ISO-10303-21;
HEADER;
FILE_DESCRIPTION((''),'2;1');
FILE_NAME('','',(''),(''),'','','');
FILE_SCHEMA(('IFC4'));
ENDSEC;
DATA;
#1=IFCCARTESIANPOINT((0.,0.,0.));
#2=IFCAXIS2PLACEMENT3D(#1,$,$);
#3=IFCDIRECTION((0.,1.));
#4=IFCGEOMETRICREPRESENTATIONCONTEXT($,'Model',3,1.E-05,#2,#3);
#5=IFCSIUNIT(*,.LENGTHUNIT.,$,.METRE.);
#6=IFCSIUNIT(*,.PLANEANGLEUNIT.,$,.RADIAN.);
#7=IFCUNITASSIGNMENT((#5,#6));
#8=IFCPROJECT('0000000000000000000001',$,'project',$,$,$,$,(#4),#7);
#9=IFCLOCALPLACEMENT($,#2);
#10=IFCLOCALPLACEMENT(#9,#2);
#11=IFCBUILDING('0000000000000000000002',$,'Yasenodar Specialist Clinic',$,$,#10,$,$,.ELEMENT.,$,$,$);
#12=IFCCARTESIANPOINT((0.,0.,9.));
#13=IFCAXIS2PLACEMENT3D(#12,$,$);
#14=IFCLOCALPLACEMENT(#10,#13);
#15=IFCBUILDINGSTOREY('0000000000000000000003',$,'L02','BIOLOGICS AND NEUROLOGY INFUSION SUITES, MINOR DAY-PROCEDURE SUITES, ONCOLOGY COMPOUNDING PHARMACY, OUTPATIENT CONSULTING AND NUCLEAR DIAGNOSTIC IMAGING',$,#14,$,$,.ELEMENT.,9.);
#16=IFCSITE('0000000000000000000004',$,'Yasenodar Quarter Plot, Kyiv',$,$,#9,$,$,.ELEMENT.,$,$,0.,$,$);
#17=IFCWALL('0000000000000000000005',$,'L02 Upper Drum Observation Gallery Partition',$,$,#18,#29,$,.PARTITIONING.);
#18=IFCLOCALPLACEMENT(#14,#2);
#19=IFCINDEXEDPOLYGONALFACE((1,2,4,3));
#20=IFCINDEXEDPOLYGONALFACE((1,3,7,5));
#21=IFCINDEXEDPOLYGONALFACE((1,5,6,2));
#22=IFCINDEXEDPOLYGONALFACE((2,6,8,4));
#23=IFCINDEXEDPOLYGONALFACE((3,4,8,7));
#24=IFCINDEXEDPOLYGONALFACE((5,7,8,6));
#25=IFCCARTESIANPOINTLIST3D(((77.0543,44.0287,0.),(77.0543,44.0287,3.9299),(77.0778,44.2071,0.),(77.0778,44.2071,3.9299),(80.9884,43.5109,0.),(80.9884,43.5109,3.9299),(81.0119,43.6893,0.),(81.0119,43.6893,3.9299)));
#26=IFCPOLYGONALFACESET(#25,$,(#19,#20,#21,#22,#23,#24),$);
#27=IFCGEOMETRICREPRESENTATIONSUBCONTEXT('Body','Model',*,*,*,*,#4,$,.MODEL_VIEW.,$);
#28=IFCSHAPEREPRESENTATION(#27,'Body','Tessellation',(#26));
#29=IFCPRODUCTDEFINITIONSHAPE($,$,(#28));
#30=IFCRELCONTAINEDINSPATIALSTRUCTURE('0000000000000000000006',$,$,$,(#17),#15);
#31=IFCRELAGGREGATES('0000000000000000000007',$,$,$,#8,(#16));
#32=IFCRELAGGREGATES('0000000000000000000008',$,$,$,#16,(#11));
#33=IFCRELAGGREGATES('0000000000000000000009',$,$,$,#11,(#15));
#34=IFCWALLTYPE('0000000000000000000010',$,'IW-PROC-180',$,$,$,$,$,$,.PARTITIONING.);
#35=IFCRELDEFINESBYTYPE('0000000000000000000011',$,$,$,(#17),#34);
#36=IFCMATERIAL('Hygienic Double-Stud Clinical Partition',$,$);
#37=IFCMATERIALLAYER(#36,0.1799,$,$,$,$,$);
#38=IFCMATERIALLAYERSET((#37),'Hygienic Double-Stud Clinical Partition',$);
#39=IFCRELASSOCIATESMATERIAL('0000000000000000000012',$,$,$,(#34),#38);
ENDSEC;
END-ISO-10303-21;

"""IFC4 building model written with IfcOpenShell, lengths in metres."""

from ifc_helpers import new_model, si_unit, direction, frame, frame_2d, origin, place, context, subcontext, project, spatial, rectangle, extrude, material, layer, layer_set, type_object, element, save


model = new_model("IFC4")

# Units and contexts
model_context = context("Model", 3, precision=1e-05, world=origin(), true_north=direction((0.0, 1.0)))
body_context = subcontext(model_context, "Body", "Model", "MODEL_VIEW")
ifc_project = project(units=[si_unit("LENGTHUNIT", "METRE"), si_unit("PLANEANGLEUNIT", "RADIAN")], contexts=[model_context])

# Site, building, storey
site_placement = place(None, origin())
site = spatial("IfcSite", under=ifc_project, at=site_placement, Name="Yasenodar Quarter Plot, Kyiv", CompositionType="ELEMENT", RefElevation=0.0)
building_placement = place(site_placement, origin())
building = spatial("IfcBuilding", under=site, at=building_placement, Name="Yasenodar Specialist Clinic", CompositionType="ELEMENT")
storey_placement = place(building_placement, frame((0.0, 0.0, 9.0)))
storey = spatial("IfcBuildingStorey", under=building, at=storey_placement, Name="L02", Description="BIOLOGICS AND NEUROLOGY INFUSION SUITES, MINOR DAY-PROCEDURE SUITES, ONCOLOGY COMPOUNDING PHARMACY, OUTPATIENT CONSULTING AND NUCLEAR DIAGNOSTIC IMAGING", CompositionType="ELEMENT", Elevation=9.0)

# Shared definitions
ifc_material_1 = material(Name="Hygienic Double-Stud Clinical Partition")
ifc_layer_1 = layer(ifc_material_1, 0.1799)
ifc_layer_set_1 = layer_set([ifc_layer_1], Name="Hygienic Double-Stud Clinical Partition")
wall_type_1 = type_object("IfcWallType", Name="IW-PROC-180", PredefinedType="PARTITIONING", material=ifc_layer_set_1)

# Wall
for number, where, z_axis, x_axis, name in (
    (1, (81.0, 43.6001, 0.0), (0.0, 0.0, 1.0), (-0.991448, 0.130499, 0.0), "L02 Upper Drum Observation Gallery Partition"),
):
    element("IfcWall", number, at=place(storey_placement, frame(where, z_axis=z_axis, x_axis=x_axis)), inside=storey, type_object=wall_type_1, Name=name, PredefinedType="PARTITIONING", context=body_context, shape_type="SweptSolid", body=[
        extrude(rectangle(XDim=3.968, YDim=0.1799, at=frame_2d((1.9839, 0.0))), origin(), (0.0, 0.0, 1.0), 3.9299),
    ])

save(model, "model.ifc")
